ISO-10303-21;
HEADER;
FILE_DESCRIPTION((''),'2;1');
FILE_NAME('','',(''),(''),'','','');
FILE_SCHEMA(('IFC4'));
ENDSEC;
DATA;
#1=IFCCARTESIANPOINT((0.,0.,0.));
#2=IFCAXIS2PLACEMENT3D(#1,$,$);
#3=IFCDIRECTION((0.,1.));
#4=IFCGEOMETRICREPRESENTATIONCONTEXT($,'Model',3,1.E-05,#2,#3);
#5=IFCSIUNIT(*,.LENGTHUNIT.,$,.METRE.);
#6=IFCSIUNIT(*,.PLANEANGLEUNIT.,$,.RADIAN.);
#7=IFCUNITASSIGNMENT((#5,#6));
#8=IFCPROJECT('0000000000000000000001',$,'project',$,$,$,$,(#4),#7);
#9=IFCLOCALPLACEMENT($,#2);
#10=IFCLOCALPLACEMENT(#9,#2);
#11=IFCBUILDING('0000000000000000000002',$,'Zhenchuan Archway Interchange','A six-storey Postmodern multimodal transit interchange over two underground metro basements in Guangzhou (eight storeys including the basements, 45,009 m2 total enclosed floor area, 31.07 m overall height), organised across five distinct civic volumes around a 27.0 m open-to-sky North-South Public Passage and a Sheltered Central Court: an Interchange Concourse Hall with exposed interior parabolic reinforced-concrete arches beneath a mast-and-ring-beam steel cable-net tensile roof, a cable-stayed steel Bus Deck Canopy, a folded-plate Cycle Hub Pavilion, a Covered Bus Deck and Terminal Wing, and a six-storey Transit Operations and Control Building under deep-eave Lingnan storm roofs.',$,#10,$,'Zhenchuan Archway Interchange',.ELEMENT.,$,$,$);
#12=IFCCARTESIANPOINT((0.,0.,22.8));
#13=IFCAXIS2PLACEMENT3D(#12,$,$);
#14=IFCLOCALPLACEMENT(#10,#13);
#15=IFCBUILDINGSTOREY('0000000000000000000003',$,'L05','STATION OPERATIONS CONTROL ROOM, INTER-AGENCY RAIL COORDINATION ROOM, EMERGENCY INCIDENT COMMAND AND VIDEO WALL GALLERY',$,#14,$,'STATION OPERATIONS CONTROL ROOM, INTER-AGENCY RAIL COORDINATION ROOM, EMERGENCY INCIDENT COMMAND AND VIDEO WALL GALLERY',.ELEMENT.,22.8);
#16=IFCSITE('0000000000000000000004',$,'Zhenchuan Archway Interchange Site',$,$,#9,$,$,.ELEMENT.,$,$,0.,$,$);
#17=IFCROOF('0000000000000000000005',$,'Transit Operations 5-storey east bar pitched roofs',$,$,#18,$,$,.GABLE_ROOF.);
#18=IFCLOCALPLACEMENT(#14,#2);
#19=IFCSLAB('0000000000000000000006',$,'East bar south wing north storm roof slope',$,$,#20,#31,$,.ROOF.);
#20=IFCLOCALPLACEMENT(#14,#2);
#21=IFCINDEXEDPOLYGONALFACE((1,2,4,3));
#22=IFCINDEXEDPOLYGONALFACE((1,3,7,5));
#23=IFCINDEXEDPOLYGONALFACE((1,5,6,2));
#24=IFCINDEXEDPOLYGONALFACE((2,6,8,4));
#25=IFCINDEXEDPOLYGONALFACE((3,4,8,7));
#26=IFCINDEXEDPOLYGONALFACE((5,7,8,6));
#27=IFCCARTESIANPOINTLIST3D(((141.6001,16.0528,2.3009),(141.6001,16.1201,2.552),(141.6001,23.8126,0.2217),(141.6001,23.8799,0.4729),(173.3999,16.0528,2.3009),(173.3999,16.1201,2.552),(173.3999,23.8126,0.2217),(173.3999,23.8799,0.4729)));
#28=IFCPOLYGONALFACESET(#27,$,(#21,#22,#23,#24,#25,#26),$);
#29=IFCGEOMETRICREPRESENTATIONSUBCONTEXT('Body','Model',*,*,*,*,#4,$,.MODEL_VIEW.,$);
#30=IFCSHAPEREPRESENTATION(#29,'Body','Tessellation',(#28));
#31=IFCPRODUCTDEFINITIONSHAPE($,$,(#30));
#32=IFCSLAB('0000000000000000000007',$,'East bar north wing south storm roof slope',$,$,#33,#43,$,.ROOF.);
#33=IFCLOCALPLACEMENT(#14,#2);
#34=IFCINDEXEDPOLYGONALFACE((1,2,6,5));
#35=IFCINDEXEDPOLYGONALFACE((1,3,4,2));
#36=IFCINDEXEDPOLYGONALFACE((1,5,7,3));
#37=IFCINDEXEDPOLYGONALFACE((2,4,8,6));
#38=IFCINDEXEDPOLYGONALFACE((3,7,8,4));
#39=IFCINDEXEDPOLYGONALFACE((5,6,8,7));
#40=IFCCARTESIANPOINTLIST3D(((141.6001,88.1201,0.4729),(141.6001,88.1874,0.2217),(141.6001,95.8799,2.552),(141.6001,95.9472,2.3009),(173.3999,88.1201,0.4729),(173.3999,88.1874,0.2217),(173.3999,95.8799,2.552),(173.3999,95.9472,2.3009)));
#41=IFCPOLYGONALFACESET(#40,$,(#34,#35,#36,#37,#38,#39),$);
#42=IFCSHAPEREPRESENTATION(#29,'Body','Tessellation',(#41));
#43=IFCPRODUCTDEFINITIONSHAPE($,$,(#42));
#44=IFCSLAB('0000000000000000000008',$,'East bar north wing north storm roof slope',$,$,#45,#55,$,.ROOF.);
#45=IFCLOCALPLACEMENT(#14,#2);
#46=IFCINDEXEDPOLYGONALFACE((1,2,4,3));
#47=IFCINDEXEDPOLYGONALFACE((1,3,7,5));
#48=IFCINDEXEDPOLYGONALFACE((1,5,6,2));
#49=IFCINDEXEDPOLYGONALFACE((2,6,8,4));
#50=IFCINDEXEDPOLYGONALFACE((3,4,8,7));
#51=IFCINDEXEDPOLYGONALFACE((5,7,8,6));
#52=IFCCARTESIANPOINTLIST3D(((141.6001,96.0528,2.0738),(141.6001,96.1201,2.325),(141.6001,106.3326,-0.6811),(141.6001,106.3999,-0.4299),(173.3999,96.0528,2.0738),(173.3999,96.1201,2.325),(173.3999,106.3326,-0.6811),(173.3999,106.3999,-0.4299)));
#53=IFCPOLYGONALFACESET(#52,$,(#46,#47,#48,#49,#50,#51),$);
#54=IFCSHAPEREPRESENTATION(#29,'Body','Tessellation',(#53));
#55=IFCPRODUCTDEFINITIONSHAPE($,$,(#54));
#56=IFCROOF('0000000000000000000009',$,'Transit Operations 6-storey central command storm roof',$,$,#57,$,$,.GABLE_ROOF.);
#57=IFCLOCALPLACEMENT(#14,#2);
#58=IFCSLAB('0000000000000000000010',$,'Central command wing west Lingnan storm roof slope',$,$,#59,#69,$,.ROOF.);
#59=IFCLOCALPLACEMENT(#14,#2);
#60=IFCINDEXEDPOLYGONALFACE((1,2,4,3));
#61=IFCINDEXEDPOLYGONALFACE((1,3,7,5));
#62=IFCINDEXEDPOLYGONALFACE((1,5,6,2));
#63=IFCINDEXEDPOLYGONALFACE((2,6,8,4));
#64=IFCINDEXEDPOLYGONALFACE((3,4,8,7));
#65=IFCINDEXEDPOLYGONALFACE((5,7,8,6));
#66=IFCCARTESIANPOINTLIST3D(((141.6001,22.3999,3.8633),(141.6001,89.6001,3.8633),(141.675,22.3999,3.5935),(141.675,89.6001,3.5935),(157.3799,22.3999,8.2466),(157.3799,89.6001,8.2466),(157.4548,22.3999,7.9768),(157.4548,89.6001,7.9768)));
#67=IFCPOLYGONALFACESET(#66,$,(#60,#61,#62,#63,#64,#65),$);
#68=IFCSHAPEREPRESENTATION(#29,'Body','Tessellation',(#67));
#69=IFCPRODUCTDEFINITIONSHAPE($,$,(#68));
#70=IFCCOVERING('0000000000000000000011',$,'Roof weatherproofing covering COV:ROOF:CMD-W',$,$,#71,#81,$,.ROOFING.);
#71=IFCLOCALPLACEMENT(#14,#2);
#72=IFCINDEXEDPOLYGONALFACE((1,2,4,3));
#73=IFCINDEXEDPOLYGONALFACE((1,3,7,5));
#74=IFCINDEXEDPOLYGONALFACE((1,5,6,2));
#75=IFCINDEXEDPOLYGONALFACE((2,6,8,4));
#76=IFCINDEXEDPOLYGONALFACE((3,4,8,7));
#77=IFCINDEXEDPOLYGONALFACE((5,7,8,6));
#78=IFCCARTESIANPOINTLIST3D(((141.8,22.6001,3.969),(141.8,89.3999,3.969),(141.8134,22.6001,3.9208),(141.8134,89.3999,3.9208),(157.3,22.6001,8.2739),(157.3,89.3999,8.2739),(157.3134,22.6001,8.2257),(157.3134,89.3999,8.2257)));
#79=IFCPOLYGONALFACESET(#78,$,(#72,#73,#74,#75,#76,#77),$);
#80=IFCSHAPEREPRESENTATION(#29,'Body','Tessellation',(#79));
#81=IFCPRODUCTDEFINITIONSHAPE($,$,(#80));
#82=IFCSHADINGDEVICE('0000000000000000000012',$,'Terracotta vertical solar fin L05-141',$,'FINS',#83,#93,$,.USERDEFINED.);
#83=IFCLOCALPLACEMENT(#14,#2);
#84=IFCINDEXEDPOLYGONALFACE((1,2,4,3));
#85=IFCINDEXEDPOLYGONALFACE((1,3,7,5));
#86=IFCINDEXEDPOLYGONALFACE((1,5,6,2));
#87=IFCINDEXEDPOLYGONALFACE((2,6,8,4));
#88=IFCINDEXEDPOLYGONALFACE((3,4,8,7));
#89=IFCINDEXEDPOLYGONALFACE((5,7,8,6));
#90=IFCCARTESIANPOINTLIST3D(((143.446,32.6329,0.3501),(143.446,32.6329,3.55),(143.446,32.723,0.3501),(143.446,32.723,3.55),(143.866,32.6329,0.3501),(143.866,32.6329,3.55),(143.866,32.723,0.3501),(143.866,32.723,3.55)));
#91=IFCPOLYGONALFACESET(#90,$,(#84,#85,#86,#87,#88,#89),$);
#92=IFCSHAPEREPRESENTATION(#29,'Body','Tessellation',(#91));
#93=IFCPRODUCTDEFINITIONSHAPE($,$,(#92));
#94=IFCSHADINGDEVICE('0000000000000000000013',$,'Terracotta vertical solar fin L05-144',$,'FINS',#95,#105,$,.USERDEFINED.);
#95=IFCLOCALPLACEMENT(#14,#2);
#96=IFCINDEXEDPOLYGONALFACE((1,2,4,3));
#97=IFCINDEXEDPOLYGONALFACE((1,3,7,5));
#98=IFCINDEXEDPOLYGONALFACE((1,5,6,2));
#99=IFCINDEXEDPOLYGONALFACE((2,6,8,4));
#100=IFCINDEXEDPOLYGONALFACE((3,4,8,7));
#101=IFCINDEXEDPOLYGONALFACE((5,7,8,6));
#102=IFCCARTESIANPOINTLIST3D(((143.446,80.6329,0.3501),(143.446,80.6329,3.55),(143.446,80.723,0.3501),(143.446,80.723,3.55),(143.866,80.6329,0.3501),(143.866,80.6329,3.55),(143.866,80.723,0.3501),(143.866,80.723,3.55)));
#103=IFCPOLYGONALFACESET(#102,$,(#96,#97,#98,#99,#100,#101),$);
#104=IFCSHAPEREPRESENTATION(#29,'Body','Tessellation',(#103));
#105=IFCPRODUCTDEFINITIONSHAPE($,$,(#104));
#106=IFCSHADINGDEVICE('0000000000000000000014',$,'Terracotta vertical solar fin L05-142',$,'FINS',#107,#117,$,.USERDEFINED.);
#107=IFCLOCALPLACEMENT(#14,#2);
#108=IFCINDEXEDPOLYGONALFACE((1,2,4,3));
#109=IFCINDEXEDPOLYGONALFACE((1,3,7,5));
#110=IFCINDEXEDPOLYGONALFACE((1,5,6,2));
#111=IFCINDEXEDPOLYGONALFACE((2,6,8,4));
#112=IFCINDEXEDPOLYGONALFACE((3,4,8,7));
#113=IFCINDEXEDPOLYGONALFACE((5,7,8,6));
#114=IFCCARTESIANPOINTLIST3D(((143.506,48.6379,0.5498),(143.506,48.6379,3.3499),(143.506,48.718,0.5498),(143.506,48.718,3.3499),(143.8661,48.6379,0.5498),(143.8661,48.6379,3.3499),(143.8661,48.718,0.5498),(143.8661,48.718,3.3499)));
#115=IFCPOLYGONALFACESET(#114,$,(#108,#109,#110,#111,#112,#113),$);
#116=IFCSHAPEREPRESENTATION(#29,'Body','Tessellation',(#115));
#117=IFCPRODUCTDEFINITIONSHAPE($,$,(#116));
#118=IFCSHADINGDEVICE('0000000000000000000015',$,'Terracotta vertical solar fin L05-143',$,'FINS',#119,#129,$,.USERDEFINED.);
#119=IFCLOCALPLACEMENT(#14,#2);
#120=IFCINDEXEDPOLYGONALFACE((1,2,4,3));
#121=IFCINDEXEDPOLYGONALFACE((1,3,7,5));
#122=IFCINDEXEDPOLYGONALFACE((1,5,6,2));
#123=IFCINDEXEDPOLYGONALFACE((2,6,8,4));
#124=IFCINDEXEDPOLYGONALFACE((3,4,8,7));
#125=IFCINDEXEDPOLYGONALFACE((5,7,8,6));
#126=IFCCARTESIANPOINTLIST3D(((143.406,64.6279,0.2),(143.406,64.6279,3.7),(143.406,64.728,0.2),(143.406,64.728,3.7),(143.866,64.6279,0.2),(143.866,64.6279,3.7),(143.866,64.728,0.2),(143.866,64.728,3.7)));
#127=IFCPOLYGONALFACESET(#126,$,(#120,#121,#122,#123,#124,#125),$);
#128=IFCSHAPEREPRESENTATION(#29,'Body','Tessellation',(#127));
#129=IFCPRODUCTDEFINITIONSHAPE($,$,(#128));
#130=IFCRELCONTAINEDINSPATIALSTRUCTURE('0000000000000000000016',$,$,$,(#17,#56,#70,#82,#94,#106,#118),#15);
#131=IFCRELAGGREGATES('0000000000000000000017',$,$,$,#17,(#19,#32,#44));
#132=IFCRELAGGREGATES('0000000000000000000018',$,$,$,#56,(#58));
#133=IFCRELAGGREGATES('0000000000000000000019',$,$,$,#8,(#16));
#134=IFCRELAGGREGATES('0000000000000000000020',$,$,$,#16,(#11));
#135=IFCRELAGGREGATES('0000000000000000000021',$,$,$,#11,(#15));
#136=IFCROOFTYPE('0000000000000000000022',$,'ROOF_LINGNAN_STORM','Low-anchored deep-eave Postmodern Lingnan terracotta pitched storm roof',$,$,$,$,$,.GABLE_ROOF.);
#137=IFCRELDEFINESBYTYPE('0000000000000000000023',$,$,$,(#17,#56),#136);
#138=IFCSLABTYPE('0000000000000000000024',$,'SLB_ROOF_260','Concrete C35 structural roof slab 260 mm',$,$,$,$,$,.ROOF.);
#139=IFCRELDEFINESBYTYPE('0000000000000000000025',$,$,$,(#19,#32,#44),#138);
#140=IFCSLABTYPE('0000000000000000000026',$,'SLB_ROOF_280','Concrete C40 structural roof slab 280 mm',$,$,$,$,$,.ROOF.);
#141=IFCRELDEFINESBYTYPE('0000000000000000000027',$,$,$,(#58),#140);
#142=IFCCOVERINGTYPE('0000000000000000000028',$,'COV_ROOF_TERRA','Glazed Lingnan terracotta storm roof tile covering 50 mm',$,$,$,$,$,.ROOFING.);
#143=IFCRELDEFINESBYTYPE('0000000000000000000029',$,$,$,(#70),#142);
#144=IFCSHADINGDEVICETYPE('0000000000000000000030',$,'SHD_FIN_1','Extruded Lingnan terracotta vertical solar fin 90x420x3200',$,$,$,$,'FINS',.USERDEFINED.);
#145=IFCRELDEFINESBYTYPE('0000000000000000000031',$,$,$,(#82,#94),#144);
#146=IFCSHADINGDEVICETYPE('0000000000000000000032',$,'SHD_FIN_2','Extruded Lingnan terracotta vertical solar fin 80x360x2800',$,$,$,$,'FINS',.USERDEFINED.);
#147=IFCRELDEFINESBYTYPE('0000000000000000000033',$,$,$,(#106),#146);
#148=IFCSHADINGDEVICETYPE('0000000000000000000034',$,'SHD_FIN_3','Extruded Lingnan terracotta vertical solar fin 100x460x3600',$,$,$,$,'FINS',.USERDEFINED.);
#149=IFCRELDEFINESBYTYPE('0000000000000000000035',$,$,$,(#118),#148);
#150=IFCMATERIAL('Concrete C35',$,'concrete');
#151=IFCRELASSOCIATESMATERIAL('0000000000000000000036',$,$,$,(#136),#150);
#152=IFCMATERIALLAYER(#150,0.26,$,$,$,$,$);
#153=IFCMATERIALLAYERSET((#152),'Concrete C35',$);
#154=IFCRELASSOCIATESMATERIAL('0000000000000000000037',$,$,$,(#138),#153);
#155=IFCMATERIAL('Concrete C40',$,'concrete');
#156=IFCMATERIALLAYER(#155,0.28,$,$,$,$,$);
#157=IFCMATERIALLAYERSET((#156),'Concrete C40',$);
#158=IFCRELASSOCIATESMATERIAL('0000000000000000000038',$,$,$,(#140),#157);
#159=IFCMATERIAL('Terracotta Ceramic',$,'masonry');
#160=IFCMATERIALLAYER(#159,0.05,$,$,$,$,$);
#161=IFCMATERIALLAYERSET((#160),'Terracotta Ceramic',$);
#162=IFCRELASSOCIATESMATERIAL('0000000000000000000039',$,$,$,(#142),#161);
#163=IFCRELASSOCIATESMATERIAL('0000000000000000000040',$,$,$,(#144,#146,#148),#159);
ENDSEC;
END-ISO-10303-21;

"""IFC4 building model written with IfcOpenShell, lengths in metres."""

from ifc_helpers import new_model, si_unit, direction, frame, origin, origin_2d, place, context, subcontext, project, spatial, polyline, rectangle, outline, extrude, material, layer, layer_set, type_object, element, aggregate, save


model = new_model("IFC4")

# Units and contexts
model_context = context("Model", 3, precision=1e-05, world=origin(), true_north=direction((0.0, 1.0)))
body_context = subcontext(model_context, "Body", "Model", "MODEL_VIEW")
ifc_project = project(units=[si_unit("LENGTHUNIT", "METRE"), si_unit("PLANEANGLEUNIT", "RADIAN")], contexts=[model_context])

# Site, building, storey
site_placement = place(None, origin())
site = spatial("IfcSite", under=ifc_project, at=site_placement, Name="Zhenchuan Archway Interchange Site", CompositionType="ELEMENT", RefElevation=0.0)
building_placement = place(site_placement, origin())
building = spatial("IfcBuilding", under=site, at=building_placement, Name="Zhenchuan Archway Interchange", Description="A six-storey Postmodern multimodal transit interchange over two underground metro basements in Guangzhou (eight storeys including the basements, 45,009 m2 total enclosed floor area, 31.07 m overall height), organised across five distinct civic volumes around a 27.0 m open-to-sky North-South Public Passage and a Sheltered Central Court: an Interchange Concourse Hall with exposed interior parabolic reinforced-concrete arches beneath a mast-and-ring-beam steel cable-net tensile roof, a cable-stayed steel Bus Deck Canopy, a folded-plate Cycle Hub Pavilion, a Covered Bus Deck and Terminal Wing, and a six-storey Transit Operations and Control Building under deep-eave Lingnan storm roofs.", LongName="Zhenchuan Archway Interchange", CompositionType="ELEMENT")
storey_placement = place(building_placement, frame((0.0, 0.0, 22.8)))
storey = spatial("IfcBuildingStorey", under=building, at=storey_placement, Name="L05", Description="STATION OPERATIONS CONTROL ROOM, INTER-AGENCY RAIL COORDINATION ROOM, EMERGENCY INCIDENT COMMAND AND VIDEO WALL GALLERY", LongName="STATION OPERATIONS CONTROL ROOM, INTER-AGENCY RAIL COORDINATION ROOM, EMERGENCY INCIDENT COMMAND AND VIDEO WALL GALLERY", CompositionType="ELEMENT", Elevation=22.8)

# Roof, slabs
ifc_material_1 = material(Name="Concrete C35", Category="concrete")
roof_type = type_object("IfcRoofType", Name="ROOF_LINGNAN_STORM", Description="Low-anchored deep-eave Postmodern Lingnan terracotta pitched storm roof", PredefinedType="GABLE_ROOF", material=ifc_material_1)
roof_1_placement = place(storey_placement, origin())
roof_1 = element("IfcRoof", 1, at=roof_1_placement, inside=storey, type_object=roof_type, Name="Transit Operations 5-storey east bar pitched roofs", PredefinedType="GABLE_ROOF")
ifc_layer_1 = layer(ifc_material_1, 0.26)
ifc_layer_set_1 = layer_set([ifc_layer_1], Name="Concrete C35")
slab_type_1 = type_object("IfcSlabType", Name="SLB_ROOF_260", Description="Concrete C35 structural roof slab 260 mm", PredefinedType="ROOF", material=ifc_layer_set_1)
slab_1_placement = place(storey_placement, frame((141.6001, 16.1201, 2.552), z_axis=(0.0, 0.258805, 0.96593), x_axis=(1.0, 0.0, 0.0)))
slab_1 = element("IfcSlab", 2, at=slab_1_placement, type_object=slab_type_1, Name="East bar south wing north storm roof slope", PredefinedType="ROOF", context=body_context, shape_type="SweptSolid", body=[
    extrude(outline(polyline([(0.0, 0.0), (31.7998, 0.0), (31.7998, 8.0335), (0.0, 8.0335), (0.0, 0.0)])), origin(), (0.0, 0.0, -1.0), 0.26),
])
slab_2_placement = place(storey_placement, frame((141.6001, 88.1201, 0.4729), z_axis=(0.0, -0.258805, 0.96593), x_axis=(1.0, 0.0, 0.0)))
slab_2 = element("IfcSlab", 3, at=slab_2_placement, type_object=slab_type_1, Name="East bar north wing south storm roof slope", PredefinedType="ROOF", context=body_context, shape_type="SweptSolid", body=[
    extrude(outline(polyline([(0.0, 0.0), (31.7998, 0.0), (31.7998, 8.0335), (0.0, 8.0335), (0.0, 0.0)])), origin(), (0.0, 0.0, -1.0), 0.26),
])
slab_3_placement = place(storey_placement, frame((141.6001, 96.1201, 2.325), z_axis=(0.0, 0.258856, 0.965916), x_axis=(1.0, 0.0, 0.0)))
slab_3 = element("IfcSlab", 4, at=slab_3_placement, type_object=slab_type_1, Name="East bar north wing north storm roof slope", PredefinedType="ROOF", context=body_context, shape_type="SweptSolid", body=[
    extrude(outline(polyline([(0.0, 0.0), (31.7998, 0.0), (31.7998, 10.6425), (0.0, 10.6425), (0.0, 0.0)])), origin(), (0.0, 0.0, -1.0), 0.26),
])
aggregate(roof_1, [slab_1, slab_2, slab_3])

# Roof, slab
roof_2_placement = place(storey_placement, origin())
roof_2 = element("IfcRoof", 5, at=roof_2_placement, inside=storey, type_object=roof_type, Name="Transit Operations 6-storey central command storm roof", PredefinedType="GABLE_ROOF")
ifc_material_2 = material(Name="Concrete C40", Category="concrete")
ifc_layer_2 = layer(ifc_material_2, 0.28)
ifc_layer_set_2 = layer_set([ifc_layer_2], Name="Concrete C40")
slab_type_2 = type_object("IfcSlabType", Name="SLB_ROOF_280", Description="Concrete C40 structural roof slab 280 mm", PredefinedType="ROOF", material=ifc_layer_set_2)
slab_4_placement = place(storey_placement, frame((141.6001, 22.3999, 3.8633), z_axis=(-0.267645, 0.0, 0.963517), x_axis=(0.963517, 0.0, 0.267645)))
slab_4 = element("IfcSlab", 6, at=slab_4_placement, type_object=slab_type_2, Name="Central command wing west Lingnan storm roof slope", PredefinedType="ROOF", context=body_context, shape_type="SweptSolid", body=[
    extrude(outline(polyline([(0.0, 0.0), (16.3773, 0.0), (16.3773, 67.2002), (0.0, 67.2002), (0.0, 0.0)])), origin(), (0.0, 0.0, -1.0), 0.28),
])
aggregate(roof_2, [slab_4])

# Covering
ifc_material_3 = material(Name="Terracotta Ceramic", Category="masonry")
ifc_layer_3 = layer(ifc_material_3, 0.05)
ifc_layer_set_3 = layer_set([ifc_layer_3], Name="Terracotta Ceramic")
covering_type = type_object("IfcCoveringType", Name="COV_ROOF_TERRA", Description="Glazed Lingnan terracotta storm roof tile covering 50 mm", PredefinedType="ROOFING", material=ifc_layer_set_3)
covering_placement = place(storey_placement, frame((141.8, 22.6001, 3.969), z_axis=(-0.267608, 0.0, 0.963528), x_axis=(0.963528, 0.0, 0.267608)))
element("IfcCovering", 7, at=covering_placement, inside=storey, type_object=covering_type, Name="Roof weatherproofing covering COV:ROOF:CMD-W", PredefinedType="ROOFING", context=body_context, shape_type="SweptSolid", body=[
    extrude(outline(polyline([(0.0, 0.0), (16.0867, 0.0), (16.0867, 66.7998), (0.0, 66.7998), (0.0, 0.0)])), origin(), (0.0, 0.0, -1.0), 0.05),
])

# Shading devices
shading_device_type_1 = type_object("IfcShadingDeviceType", Name="SHD_FIN_1", Description="Extruded Lingnan terracotta vertical solar fin 90x420x3200", ElementType="FINS", PredefinedType="USERDEFINED", material=ifc_material_3)
for number, where, z_axis, x_axis, name in (
    (8, (143.656, 32.678, 0.3501), (0.0, 0.0, 1.0), (0.0, 1.0, 0.0), "Terracotta vertical solar fin L05-141"),
    (9, (143.656, 80.678, 0.3501), (0.0, 0.0, 1.0), (0.0, 1.0, 0.0), "Terracotta vertical solar fin L05-144"),
):
    element("IfcShadingDevice", number, at=place(storey_placement, frame(where, z_axis=z_axis, x_axis=x_axis)), inside=storey, type_object=shading_device_type_1, Name=name, ObjectType="FINS", PredefinedType="USERDEFINED", context=body_context, shape_type="SweptSolid", body=[
        extrude(rectangle(XDim=0.0901, YDim=0.4199, at=origin_2d()), origin(), (0.0, 0.0, 1.0), 3.2),
    ])
shading_device_type_2 = type_object("IfcShadingDeviceType", Name="SHD_FIN_2", Description="Extruded Lingnan terracotta vertical solar fin 80x360x2800", ElementType="FINS", PredefinedType="USERDEFINED", material=ifc_material_3)
shading_device_1_placement = place(storey_placement, frame((143.686, 48.678, 0.5498), z_axis=(0.0, 0.0, 1.0), x_axis=(0.0, 1.0, 0.0)))
element("IfcShadingDevice", 10, at=shading_device_1_placement, inside=storey, type_object=shading_device_type_2, Name="Terracotta vertical solar fin L05-142", ObjectType="FINS", PredefinedType="USERDEFINED", context=body_context, shape_type="SweptSolid", body=[
    extrude(rectangle(XDim=0.0801, YDim=0.3601, at=origin_2d()), origin(), (0.0, 0.0, 1.0), 2.8),
])
shading_device_type_3 = type_object("IfcShadingDeviceType", Name="SHD_FIN_3", Description="Extruded Lingnan terracotta vertical solar fin 100x460x3600", ElementType="FINS", PredefinedType="USERDEFINED", material=ifc_material_3)
shading_device_2_placement = place(storey_placement, frame((143.636, 64.678, 0.2), z_axis=(0.0, 0.0, 1.0), x_axis=(0.0, 1.0, 0.0)))
element("IfcShadingDevice", 11, at=shading_device_2_placement, inside=storey, type_object=shading_device_type_3, Name="Terracotta vertical solar fin L05-143", ObjectType="FINS", PredefinedType="USERDEFINED", context=body_context, shape_type="SweptSolid", body=[
    extrude(rectangle(XDim=0.1001, YDim=0.46, at=origin_2d()), origin(), (0.0, 0.0, 1.0), 3.5),
])

save(model, "model.ifc")
